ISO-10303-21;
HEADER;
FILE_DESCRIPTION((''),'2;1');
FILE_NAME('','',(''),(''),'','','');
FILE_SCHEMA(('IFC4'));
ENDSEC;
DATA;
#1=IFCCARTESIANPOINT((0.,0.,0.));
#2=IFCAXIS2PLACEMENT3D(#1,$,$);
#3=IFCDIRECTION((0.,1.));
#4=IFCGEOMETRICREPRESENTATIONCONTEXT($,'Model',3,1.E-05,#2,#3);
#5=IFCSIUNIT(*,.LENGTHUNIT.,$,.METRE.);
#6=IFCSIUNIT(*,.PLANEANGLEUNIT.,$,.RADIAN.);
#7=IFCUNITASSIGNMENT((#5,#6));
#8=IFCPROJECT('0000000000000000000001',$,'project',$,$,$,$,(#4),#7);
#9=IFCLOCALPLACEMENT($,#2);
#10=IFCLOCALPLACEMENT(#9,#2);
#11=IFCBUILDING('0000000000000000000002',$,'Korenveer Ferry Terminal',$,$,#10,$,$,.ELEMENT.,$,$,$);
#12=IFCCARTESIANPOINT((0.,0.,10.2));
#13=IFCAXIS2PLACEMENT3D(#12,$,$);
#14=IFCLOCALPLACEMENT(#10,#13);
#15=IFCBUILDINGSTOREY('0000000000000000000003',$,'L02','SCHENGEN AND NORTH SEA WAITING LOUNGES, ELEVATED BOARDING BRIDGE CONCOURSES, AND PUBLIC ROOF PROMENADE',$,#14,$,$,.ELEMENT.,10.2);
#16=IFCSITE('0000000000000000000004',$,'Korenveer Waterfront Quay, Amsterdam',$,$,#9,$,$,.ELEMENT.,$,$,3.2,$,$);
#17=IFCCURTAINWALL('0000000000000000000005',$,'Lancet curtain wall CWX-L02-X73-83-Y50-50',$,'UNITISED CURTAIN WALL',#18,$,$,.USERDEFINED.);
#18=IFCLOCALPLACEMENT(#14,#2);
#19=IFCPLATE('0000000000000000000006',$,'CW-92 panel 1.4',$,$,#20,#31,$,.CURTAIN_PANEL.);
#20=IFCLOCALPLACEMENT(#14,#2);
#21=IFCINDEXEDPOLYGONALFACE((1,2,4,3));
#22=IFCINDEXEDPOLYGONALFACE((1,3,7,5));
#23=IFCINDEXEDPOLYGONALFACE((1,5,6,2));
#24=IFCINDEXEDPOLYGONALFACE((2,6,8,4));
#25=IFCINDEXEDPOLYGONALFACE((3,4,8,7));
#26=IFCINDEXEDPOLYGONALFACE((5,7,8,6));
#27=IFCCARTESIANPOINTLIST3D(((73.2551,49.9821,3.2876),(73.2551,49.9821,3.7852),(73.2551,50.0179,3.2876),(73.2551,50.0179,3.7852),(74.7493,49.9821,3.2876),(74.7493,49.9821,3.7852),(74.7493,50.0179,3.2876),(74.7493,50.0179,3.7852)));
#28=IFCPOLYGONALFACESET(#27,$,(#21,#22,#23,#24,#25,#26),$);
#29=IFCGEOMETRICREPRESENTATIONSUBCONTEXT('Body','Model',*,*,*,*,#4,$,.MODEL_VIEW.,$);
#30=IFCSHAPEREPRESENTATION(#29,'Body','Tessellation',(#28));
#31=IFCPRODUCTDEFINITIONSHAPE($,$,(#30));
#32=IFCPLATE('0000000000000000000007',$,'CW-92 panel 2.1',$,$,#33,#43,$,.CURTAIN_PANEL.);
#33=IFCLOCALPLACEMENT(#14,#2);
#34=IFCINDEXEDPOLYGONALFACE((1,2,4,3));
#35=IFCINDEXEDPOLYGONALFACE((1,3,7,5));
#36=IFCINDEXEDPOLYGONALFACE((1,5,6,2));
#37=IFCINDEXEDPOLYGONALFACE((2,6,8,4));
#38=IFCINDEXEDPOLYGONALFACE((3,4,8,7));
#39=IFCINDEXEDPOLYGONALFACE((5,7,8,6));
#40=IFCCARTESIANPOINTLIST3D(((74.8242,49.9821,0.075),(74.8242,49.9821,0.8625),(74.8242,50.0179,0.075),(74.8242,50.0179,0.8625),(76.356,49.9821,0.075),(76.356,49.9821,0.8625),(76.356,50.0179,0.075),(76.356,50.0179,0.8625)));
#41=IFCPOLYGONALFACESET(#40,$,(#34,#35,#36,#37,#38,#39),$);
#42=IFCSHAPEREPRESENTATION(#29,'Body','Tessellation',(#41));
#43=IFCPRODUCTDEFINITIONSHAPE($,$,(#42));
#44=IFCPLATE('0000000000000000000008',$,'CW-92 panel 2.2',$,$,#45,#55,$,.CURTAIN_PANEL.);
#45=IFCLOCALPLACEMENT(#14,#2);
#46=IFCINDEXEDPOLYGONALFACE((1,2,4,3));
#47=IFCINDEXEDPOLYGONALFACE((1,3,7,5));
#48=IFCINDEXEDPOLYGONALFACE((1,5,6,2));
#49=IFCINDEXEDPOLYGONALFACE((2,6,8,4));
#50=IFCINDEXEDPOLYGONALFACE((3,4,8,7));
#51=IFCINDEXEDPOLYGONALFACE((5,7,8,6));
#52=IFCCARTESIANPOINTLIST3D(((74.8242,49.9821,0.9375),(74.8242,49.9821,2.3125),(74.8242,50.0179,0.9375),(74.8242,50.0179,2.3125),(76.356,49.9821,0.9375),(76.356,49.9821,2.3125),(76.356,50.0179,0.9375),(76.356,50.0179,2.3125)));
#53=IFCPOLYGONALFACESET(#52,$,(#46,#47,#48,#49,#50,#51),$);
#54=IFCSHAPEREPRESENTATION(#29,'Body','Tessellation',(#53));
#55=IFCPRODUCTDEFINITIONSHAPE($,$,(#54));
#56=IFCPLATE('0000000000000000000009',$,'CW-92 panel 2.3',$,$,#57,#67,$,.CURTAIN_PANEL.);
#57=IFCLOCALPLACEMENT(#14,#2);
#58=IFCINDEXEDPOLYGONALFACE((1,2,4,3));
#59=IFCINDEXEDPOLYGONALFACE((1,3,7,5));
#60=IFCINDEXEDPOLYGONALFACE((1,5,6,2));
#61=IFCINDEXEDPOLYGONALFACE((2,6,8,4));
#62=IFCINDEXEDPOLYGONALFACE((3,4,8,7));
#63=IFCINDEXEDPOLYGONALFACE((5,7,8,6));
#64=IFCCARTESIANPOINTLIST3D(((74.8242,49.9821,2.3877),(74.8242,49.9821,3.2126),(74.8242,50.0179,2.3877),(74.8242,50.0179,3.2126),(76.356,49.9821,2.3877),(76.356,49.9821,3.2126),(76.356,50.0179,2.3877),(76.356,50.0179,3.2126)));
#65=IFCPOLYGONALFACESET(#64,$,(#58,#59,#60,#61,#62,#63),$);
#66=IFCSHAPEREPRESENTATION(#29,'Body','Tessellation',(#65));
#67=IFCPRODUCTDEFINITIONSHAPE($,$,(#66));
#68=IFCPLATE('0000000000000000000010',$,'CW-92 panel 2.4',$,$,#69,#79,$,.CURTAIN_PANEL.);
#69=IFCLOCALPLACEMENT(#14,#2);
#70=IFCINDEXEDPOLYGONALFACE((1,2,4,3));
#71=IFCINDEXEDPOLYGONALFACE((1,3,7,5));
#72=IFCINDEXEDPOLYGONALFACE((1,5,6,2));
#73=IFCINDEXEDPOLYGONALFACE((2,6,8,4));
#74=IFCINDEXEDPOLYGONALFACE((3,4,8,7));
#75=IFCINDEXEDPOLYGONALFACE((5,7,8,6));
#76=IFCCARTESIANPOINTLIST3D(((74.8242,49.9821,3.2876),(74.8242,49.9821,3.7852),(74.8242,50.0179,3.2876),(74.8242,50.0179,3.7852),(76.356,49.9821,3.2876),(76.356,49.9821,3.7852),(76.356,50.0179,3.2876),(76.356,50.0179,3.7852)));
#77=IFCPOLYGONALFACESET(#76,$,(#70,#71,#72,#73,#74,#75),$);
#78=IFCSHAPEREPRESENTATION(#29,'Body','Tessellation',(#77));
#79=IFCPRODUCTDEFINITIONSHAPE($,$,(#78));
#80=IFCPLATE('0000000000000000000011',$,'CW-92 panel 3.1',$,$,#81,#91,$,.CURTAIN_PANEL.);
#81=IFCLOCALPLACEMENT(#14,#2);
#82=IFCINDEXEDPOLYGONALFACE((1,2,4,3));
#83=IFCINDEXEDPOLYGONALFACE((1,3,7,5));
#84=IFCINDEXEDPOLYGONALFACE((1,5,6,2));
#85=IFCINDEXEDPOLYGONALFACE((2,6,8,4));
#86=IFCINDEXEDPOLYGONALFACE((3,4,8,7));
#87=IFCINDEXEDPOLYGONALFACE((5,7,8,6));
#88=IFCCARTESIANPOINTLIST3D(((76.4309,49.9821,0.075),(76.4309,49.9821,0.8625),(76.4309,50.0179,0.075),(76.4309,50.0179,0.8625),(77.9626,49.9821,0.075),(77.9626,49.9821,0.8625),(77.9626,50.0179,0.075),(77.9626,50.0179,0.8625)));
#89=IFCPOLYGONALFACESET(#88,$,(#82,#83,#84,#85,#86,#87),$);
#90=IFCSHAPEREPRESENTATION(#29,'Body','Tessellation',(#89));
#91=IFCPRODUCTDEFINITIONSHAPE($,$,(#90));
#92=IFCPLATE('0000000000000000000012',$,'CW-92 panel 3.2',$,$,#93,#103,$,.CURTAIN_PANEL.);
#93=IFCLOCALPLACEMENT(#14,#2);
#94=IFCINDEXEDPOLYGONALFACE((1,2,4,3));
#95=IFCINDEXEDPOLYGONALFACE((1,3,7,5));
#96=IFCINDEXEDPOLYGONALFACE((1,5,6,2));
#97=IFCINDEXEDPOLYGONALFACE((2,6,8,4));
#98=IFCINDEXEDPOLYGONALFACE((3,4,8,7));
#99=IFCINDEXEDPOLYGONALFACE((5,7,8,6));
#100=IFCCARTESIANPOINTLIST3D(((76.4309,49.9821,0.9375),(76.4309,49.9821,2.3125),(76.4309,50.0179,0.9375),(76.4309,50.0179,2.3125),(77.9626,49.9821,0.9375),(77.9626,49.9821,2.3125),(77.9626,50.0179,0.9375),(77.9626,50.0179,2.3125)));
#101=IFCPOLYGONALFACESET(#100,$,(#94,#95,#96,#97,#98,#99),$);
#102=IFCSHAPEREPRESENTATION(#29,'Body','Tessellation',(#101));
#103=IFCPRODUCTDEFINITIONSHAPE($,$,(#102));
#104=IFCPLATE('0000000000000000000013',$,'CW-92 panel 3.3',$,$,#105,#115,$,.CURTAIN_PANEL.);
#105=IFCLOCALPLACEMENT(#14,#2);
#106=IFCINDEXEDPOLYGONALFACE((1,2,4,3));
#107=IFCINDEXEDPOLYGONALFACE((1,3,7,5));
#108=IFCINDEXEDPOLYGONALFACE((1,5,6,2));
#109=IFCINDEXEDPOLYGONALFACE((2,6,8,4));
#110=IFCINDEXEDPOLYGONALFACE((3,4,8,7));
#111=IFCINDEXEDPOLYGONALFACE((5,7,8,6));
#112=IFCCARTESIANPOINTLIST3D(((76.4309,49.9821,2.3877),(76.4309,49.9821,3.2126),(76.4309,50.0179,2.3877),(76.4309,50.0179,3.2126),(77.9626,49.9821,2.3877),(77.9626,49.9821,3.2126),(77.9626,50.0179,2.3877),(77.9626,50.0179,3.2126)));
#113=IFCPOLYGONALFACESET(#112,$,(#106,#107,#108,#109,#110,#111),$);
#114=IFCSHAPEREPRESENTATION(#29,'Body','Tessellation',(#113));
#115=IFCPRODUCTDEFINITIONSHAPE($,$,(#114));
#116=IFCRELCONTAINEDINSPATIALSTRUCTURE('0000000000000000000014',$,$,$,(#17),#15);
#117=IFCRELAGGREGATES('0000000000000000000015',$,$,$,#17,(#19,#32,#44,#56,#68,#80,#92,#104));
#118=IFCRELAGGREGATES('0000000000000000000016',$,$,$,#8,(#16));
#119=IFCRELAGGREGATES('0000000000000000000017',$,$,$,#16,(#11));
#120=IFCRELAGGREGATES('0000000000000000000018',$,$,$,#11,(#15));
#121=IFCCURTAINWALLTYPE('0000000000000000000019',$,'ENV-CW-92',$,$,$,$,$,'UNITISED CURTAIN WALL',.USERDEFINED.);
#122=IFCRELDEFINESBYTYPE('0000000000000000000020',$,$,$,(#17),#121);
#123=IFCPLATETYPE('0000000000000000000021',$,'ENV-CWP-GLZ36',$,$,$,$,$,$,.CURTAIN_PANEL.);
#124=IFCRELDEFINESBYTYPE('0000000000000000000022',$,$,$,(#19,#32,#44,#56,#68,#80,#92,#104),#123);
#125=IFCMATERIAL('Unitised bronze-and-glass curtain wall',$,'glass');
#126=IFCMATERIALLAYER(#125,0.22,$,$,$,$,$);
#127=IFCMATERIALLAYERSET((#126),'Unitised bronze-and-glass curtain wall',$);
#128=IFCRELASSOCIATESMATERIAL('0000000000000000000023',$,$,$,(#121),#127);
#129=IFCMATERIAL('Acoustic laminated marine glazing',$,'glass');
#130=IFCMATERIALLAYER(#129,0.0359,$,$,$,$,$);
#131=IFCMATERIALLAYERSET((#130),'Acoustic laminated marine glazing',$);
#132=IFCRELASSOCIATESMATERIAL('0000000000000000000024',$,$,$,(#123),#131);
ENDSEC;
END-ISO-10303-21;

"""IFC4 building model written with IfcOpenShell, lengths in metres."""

from ifc_helpers import new_model, si_unit, direction, frame, origin, origin_2d, place, context, subcontext, project, spatial, rectangle, extrude, material, layer, layer_set, type_object, element, aggregate, save


model = new_model("IFC4")

# Units and contexts
model_context = context("Model", 3, precision=1e-05, world=origin(), true_north=direction((0.0, 1.0)))
body_context = subcontext(model_context, "Body", "Model", "MODEL_VIEW")
ifc_project = project(units=[si_unit("LENGTHUNIT", "METRE"), si_unit("PLANEANGLEUNIT", "RADIAN")], contexts=[model_context])

# Site, building, storey
site_placement = place(None, origin())
site = spatial("IfcSite", under=ifc_project, at=site_placement, Name="Korenveer Waterfront Quay, Amsterdam", CompositionType="ELEMENT", RefElevation=3.2)
building_placement = place(site_placement, origin())
building = spatial("IfcBuilding", under=site, at=building_placement, Name="Korenveer Ferry Terminal", CompositionType="ELEMENT")
storey_placement = place(building_placement, frame((0.0, 0.0, 10.2)))
storey = spatial("IfcBuildingStorey", under=building, at=storey_placement, Name="L02", Description="SCHENGEN AND NORTH SEA WAITING LOUNGES, ELEVATED BOARDING BRIDGE CONCOURSES, AND PUBLIC ROOF PROMENADE", CompositionType="ELEMENT", Elevation=10.2)

# Shared definitions
ifc_material_1 = material(Name="Unitised bronze-and-glass curtain wall", Category="glass")

# Curtain wall
ifc_layer_1 = layer(ifc_material_1, 0.22)
ifc_layer_set_1 = layer_set([ifc_layer_1], Name="Unitised bronze-and-glass curtain wall")
curtain_wall_type_1 = type_object("IfcCurtainWallType", Name="ENV-CW-92", ElementType="UNITISED CURTAIN WALL", PredefinedType="USERDEFINED", material=ifc_layer_set_1)
curtain_wall_1_placement = place(storey_placement, frame((73.1799, 50.0, 0.0)))
curtain_wall_1 = element("IfcCurtainWall", 1, at=curtain_wall_1_placement, inside=storey, type_object=curtain_wall_type_1, Name="Lancet curtain wall CWX-L02-X73-83-Y50-50", ObjectType="UNITISED CURTAIN WALL", PredefinedType="USERDEFINED")

# Plates
ifc_material_2 = material(Name="Acoustic laminated marine glazing", Category="glass")
ifc_layer_2 = layer(ifc_material_2, 0.0359)
ifc_layer_set_2 = layer_set([ifc_layer_2], Name="Acoustic laminated marine glazing")
plate_type = type_object("IfcPlateType", Name="ENV-CWP-GLZ36", PredefinedType="CURTAIN_PANEL", material=ifc_layer_set_2)
plate_1_placement = place(storey_placement, frame((74.0022, 50.0, 3.2876), z_axis=(0.0, 0.0, 1.0), x_axis=(1.0, 0.0, 0.0)))
plate_1 = element("IfcPlate", 2, at=plate_1_placement, type_object=plate_type, Name="CW-92 panel 1.4", PredefinedType="CURTAIN_PANEL", context=body_context, shape_type="SweptSolid", body=[
    extrude(rectangle(XDim=1.4941, YDim=0.0359, at=origin_2d()), origin(), (0.0, 0.0, 1.0), 0.4976),
])
plate_2_placement = place(storey_placement, frame((75.5901, 50.0, 0.075), z_axis=(0.0, 0.0, 1.0), x_axis=(1.0, 0.0, 0.0)))
plate_2 = element("IfcPlate", 3, at=plate_2_placement, type_object=plate_type, Name="CW-92 panel 2.1", PredefinedType="CURTAIN_PANEL", context=body_context, shape_type="SweptSolid", body=[
    extrude(rectangle(XDim=1.5317, YDim=0.0359, at=origin_2d()), origin(), (0.0, 0.0, 1.0), 0.7876),
])
plate_3_placement = place(storey_placement, frame((75.5901, 50.0, 0.9375), z_axis=(0.0, 0.0, 1.0), x_axis=(1.0, 0.0, 0.0)))
plate_3 = element("IfcPlate", 4, at=plate_3_placement, type_object=plate_type, Name="CW-92 panel 2.2", PredefinedType="CURTAIN_PANEL", context=body_context, shape_type="SweptSolid", body=[
    extrude(rectangle(XDim=1.5317, YDim=0.0359, at=origin_2d()), origin(), (0.0, 0.0, 1.0), 1.375),
])
plate_4_placement = place(storey_placement, frame((75.5901, 50.0, 2.3877), z_axis=(0.0, 0.0, 1.0), x_axis=(1.0, 0.0, 0.0)))
plate_4 = element("IfcPlate", 5, at=plate_4_placement, type_object=plate_type, Name="CW-92 panel 2.3", PredefinedType="CURTAIN_PANEL", context=body_context, shape_type="SweptSolid", body=[
    extrude(rectangle(XDim=1.5317, YDim=0.0359, at=origin_2d()), origin(), (0.0, 0.0, 1.0), 0.825),
])
plate_5_placement = place(storey_placement, frame((75.5901, 50.0, 3.2876), z_axis=(0.0, 0.0, 1.0), x_axis=(1.0, 0.0, 0.0)))
plate_5 = element("IfcPlate", 6, at=plate_5_placement, type_object=plate_type, Name="CW-92 panel 2.4", PredefinedType="CURTAIN_PANEL", context=body_context, shape_type="SweptSolid", body=[
    extrude(rectangle(XDim=1.5317, YDim=0.0359, at=origin_2d()), origin(), (0.0, 0.0, 1.0), 0.4976),
])
plate_6_placement = place(storey_placement, frame((77.1968, 50.0, 0.075), z_axis=(0.0, 0.0, 1.0), x_axis=(1.0, 0.0, 0.0)))
plate_6 = element("IfcPlate", 7, at=plate_6_placement, type_object=plate_type, Name="CW-92 panel 3.1", PredefinedType="CURTAIN_PANEL", context=body_context, shape_type="SweptSolid", body=[
    extrude(rectangle(XDim=1.5317, YDim=0.0359, at=origin_2d()), origin(), (0.0, 0.0, 1.0), 0.7876),
])
plate_7_placement = place(storey_placement, frame((77.1968, 50.0, 0.9375), z_axis=(0.0, 0.0, 1.0), x_axis=(1.0, 0.0, 0.0)))
plate_7 = element("IfcPlate", 8, at=plate_7_placement, type_object=plate_type, Name="CW-92 panel 3.2", PredefinedType="CURTAIN_PANEL", context=body_context, shape_type="SweptSolid", body=[
    extrude(rectangle(XDim=1.5317, YDim=0.0359, at=origin_2d()), origin(), (0.0, 0.0, 1.0), 1.375),
])
plate_8_placement = place(storey_placement, frame((77.1968, 50.0, 2.3877), z_axis=(0.0, 0.0, 1.0), x_axis=(1.0, 0.0, 0.0)))
plate_8 = element("IfcPlate", 9, at=plate_8_placement, type_object=plate_type, Name="CW-92 panel 3.3", PredefinedType="CURTAIN_PANEL", context=body_context, shape_type="SweptSolid", body=[
    extrude(rectangle(XDim=1.5317, YDim=0.0359, at=origin_2d()), origin(), (0.0, 0.0, 1.0), 0.825),
])
aggregate(curtain_wall_1, [plate_1, plate_2, plate_3, plate_4, plate_5, plate_6, plate_7, plate_8])

save(model, "model.ifc")
